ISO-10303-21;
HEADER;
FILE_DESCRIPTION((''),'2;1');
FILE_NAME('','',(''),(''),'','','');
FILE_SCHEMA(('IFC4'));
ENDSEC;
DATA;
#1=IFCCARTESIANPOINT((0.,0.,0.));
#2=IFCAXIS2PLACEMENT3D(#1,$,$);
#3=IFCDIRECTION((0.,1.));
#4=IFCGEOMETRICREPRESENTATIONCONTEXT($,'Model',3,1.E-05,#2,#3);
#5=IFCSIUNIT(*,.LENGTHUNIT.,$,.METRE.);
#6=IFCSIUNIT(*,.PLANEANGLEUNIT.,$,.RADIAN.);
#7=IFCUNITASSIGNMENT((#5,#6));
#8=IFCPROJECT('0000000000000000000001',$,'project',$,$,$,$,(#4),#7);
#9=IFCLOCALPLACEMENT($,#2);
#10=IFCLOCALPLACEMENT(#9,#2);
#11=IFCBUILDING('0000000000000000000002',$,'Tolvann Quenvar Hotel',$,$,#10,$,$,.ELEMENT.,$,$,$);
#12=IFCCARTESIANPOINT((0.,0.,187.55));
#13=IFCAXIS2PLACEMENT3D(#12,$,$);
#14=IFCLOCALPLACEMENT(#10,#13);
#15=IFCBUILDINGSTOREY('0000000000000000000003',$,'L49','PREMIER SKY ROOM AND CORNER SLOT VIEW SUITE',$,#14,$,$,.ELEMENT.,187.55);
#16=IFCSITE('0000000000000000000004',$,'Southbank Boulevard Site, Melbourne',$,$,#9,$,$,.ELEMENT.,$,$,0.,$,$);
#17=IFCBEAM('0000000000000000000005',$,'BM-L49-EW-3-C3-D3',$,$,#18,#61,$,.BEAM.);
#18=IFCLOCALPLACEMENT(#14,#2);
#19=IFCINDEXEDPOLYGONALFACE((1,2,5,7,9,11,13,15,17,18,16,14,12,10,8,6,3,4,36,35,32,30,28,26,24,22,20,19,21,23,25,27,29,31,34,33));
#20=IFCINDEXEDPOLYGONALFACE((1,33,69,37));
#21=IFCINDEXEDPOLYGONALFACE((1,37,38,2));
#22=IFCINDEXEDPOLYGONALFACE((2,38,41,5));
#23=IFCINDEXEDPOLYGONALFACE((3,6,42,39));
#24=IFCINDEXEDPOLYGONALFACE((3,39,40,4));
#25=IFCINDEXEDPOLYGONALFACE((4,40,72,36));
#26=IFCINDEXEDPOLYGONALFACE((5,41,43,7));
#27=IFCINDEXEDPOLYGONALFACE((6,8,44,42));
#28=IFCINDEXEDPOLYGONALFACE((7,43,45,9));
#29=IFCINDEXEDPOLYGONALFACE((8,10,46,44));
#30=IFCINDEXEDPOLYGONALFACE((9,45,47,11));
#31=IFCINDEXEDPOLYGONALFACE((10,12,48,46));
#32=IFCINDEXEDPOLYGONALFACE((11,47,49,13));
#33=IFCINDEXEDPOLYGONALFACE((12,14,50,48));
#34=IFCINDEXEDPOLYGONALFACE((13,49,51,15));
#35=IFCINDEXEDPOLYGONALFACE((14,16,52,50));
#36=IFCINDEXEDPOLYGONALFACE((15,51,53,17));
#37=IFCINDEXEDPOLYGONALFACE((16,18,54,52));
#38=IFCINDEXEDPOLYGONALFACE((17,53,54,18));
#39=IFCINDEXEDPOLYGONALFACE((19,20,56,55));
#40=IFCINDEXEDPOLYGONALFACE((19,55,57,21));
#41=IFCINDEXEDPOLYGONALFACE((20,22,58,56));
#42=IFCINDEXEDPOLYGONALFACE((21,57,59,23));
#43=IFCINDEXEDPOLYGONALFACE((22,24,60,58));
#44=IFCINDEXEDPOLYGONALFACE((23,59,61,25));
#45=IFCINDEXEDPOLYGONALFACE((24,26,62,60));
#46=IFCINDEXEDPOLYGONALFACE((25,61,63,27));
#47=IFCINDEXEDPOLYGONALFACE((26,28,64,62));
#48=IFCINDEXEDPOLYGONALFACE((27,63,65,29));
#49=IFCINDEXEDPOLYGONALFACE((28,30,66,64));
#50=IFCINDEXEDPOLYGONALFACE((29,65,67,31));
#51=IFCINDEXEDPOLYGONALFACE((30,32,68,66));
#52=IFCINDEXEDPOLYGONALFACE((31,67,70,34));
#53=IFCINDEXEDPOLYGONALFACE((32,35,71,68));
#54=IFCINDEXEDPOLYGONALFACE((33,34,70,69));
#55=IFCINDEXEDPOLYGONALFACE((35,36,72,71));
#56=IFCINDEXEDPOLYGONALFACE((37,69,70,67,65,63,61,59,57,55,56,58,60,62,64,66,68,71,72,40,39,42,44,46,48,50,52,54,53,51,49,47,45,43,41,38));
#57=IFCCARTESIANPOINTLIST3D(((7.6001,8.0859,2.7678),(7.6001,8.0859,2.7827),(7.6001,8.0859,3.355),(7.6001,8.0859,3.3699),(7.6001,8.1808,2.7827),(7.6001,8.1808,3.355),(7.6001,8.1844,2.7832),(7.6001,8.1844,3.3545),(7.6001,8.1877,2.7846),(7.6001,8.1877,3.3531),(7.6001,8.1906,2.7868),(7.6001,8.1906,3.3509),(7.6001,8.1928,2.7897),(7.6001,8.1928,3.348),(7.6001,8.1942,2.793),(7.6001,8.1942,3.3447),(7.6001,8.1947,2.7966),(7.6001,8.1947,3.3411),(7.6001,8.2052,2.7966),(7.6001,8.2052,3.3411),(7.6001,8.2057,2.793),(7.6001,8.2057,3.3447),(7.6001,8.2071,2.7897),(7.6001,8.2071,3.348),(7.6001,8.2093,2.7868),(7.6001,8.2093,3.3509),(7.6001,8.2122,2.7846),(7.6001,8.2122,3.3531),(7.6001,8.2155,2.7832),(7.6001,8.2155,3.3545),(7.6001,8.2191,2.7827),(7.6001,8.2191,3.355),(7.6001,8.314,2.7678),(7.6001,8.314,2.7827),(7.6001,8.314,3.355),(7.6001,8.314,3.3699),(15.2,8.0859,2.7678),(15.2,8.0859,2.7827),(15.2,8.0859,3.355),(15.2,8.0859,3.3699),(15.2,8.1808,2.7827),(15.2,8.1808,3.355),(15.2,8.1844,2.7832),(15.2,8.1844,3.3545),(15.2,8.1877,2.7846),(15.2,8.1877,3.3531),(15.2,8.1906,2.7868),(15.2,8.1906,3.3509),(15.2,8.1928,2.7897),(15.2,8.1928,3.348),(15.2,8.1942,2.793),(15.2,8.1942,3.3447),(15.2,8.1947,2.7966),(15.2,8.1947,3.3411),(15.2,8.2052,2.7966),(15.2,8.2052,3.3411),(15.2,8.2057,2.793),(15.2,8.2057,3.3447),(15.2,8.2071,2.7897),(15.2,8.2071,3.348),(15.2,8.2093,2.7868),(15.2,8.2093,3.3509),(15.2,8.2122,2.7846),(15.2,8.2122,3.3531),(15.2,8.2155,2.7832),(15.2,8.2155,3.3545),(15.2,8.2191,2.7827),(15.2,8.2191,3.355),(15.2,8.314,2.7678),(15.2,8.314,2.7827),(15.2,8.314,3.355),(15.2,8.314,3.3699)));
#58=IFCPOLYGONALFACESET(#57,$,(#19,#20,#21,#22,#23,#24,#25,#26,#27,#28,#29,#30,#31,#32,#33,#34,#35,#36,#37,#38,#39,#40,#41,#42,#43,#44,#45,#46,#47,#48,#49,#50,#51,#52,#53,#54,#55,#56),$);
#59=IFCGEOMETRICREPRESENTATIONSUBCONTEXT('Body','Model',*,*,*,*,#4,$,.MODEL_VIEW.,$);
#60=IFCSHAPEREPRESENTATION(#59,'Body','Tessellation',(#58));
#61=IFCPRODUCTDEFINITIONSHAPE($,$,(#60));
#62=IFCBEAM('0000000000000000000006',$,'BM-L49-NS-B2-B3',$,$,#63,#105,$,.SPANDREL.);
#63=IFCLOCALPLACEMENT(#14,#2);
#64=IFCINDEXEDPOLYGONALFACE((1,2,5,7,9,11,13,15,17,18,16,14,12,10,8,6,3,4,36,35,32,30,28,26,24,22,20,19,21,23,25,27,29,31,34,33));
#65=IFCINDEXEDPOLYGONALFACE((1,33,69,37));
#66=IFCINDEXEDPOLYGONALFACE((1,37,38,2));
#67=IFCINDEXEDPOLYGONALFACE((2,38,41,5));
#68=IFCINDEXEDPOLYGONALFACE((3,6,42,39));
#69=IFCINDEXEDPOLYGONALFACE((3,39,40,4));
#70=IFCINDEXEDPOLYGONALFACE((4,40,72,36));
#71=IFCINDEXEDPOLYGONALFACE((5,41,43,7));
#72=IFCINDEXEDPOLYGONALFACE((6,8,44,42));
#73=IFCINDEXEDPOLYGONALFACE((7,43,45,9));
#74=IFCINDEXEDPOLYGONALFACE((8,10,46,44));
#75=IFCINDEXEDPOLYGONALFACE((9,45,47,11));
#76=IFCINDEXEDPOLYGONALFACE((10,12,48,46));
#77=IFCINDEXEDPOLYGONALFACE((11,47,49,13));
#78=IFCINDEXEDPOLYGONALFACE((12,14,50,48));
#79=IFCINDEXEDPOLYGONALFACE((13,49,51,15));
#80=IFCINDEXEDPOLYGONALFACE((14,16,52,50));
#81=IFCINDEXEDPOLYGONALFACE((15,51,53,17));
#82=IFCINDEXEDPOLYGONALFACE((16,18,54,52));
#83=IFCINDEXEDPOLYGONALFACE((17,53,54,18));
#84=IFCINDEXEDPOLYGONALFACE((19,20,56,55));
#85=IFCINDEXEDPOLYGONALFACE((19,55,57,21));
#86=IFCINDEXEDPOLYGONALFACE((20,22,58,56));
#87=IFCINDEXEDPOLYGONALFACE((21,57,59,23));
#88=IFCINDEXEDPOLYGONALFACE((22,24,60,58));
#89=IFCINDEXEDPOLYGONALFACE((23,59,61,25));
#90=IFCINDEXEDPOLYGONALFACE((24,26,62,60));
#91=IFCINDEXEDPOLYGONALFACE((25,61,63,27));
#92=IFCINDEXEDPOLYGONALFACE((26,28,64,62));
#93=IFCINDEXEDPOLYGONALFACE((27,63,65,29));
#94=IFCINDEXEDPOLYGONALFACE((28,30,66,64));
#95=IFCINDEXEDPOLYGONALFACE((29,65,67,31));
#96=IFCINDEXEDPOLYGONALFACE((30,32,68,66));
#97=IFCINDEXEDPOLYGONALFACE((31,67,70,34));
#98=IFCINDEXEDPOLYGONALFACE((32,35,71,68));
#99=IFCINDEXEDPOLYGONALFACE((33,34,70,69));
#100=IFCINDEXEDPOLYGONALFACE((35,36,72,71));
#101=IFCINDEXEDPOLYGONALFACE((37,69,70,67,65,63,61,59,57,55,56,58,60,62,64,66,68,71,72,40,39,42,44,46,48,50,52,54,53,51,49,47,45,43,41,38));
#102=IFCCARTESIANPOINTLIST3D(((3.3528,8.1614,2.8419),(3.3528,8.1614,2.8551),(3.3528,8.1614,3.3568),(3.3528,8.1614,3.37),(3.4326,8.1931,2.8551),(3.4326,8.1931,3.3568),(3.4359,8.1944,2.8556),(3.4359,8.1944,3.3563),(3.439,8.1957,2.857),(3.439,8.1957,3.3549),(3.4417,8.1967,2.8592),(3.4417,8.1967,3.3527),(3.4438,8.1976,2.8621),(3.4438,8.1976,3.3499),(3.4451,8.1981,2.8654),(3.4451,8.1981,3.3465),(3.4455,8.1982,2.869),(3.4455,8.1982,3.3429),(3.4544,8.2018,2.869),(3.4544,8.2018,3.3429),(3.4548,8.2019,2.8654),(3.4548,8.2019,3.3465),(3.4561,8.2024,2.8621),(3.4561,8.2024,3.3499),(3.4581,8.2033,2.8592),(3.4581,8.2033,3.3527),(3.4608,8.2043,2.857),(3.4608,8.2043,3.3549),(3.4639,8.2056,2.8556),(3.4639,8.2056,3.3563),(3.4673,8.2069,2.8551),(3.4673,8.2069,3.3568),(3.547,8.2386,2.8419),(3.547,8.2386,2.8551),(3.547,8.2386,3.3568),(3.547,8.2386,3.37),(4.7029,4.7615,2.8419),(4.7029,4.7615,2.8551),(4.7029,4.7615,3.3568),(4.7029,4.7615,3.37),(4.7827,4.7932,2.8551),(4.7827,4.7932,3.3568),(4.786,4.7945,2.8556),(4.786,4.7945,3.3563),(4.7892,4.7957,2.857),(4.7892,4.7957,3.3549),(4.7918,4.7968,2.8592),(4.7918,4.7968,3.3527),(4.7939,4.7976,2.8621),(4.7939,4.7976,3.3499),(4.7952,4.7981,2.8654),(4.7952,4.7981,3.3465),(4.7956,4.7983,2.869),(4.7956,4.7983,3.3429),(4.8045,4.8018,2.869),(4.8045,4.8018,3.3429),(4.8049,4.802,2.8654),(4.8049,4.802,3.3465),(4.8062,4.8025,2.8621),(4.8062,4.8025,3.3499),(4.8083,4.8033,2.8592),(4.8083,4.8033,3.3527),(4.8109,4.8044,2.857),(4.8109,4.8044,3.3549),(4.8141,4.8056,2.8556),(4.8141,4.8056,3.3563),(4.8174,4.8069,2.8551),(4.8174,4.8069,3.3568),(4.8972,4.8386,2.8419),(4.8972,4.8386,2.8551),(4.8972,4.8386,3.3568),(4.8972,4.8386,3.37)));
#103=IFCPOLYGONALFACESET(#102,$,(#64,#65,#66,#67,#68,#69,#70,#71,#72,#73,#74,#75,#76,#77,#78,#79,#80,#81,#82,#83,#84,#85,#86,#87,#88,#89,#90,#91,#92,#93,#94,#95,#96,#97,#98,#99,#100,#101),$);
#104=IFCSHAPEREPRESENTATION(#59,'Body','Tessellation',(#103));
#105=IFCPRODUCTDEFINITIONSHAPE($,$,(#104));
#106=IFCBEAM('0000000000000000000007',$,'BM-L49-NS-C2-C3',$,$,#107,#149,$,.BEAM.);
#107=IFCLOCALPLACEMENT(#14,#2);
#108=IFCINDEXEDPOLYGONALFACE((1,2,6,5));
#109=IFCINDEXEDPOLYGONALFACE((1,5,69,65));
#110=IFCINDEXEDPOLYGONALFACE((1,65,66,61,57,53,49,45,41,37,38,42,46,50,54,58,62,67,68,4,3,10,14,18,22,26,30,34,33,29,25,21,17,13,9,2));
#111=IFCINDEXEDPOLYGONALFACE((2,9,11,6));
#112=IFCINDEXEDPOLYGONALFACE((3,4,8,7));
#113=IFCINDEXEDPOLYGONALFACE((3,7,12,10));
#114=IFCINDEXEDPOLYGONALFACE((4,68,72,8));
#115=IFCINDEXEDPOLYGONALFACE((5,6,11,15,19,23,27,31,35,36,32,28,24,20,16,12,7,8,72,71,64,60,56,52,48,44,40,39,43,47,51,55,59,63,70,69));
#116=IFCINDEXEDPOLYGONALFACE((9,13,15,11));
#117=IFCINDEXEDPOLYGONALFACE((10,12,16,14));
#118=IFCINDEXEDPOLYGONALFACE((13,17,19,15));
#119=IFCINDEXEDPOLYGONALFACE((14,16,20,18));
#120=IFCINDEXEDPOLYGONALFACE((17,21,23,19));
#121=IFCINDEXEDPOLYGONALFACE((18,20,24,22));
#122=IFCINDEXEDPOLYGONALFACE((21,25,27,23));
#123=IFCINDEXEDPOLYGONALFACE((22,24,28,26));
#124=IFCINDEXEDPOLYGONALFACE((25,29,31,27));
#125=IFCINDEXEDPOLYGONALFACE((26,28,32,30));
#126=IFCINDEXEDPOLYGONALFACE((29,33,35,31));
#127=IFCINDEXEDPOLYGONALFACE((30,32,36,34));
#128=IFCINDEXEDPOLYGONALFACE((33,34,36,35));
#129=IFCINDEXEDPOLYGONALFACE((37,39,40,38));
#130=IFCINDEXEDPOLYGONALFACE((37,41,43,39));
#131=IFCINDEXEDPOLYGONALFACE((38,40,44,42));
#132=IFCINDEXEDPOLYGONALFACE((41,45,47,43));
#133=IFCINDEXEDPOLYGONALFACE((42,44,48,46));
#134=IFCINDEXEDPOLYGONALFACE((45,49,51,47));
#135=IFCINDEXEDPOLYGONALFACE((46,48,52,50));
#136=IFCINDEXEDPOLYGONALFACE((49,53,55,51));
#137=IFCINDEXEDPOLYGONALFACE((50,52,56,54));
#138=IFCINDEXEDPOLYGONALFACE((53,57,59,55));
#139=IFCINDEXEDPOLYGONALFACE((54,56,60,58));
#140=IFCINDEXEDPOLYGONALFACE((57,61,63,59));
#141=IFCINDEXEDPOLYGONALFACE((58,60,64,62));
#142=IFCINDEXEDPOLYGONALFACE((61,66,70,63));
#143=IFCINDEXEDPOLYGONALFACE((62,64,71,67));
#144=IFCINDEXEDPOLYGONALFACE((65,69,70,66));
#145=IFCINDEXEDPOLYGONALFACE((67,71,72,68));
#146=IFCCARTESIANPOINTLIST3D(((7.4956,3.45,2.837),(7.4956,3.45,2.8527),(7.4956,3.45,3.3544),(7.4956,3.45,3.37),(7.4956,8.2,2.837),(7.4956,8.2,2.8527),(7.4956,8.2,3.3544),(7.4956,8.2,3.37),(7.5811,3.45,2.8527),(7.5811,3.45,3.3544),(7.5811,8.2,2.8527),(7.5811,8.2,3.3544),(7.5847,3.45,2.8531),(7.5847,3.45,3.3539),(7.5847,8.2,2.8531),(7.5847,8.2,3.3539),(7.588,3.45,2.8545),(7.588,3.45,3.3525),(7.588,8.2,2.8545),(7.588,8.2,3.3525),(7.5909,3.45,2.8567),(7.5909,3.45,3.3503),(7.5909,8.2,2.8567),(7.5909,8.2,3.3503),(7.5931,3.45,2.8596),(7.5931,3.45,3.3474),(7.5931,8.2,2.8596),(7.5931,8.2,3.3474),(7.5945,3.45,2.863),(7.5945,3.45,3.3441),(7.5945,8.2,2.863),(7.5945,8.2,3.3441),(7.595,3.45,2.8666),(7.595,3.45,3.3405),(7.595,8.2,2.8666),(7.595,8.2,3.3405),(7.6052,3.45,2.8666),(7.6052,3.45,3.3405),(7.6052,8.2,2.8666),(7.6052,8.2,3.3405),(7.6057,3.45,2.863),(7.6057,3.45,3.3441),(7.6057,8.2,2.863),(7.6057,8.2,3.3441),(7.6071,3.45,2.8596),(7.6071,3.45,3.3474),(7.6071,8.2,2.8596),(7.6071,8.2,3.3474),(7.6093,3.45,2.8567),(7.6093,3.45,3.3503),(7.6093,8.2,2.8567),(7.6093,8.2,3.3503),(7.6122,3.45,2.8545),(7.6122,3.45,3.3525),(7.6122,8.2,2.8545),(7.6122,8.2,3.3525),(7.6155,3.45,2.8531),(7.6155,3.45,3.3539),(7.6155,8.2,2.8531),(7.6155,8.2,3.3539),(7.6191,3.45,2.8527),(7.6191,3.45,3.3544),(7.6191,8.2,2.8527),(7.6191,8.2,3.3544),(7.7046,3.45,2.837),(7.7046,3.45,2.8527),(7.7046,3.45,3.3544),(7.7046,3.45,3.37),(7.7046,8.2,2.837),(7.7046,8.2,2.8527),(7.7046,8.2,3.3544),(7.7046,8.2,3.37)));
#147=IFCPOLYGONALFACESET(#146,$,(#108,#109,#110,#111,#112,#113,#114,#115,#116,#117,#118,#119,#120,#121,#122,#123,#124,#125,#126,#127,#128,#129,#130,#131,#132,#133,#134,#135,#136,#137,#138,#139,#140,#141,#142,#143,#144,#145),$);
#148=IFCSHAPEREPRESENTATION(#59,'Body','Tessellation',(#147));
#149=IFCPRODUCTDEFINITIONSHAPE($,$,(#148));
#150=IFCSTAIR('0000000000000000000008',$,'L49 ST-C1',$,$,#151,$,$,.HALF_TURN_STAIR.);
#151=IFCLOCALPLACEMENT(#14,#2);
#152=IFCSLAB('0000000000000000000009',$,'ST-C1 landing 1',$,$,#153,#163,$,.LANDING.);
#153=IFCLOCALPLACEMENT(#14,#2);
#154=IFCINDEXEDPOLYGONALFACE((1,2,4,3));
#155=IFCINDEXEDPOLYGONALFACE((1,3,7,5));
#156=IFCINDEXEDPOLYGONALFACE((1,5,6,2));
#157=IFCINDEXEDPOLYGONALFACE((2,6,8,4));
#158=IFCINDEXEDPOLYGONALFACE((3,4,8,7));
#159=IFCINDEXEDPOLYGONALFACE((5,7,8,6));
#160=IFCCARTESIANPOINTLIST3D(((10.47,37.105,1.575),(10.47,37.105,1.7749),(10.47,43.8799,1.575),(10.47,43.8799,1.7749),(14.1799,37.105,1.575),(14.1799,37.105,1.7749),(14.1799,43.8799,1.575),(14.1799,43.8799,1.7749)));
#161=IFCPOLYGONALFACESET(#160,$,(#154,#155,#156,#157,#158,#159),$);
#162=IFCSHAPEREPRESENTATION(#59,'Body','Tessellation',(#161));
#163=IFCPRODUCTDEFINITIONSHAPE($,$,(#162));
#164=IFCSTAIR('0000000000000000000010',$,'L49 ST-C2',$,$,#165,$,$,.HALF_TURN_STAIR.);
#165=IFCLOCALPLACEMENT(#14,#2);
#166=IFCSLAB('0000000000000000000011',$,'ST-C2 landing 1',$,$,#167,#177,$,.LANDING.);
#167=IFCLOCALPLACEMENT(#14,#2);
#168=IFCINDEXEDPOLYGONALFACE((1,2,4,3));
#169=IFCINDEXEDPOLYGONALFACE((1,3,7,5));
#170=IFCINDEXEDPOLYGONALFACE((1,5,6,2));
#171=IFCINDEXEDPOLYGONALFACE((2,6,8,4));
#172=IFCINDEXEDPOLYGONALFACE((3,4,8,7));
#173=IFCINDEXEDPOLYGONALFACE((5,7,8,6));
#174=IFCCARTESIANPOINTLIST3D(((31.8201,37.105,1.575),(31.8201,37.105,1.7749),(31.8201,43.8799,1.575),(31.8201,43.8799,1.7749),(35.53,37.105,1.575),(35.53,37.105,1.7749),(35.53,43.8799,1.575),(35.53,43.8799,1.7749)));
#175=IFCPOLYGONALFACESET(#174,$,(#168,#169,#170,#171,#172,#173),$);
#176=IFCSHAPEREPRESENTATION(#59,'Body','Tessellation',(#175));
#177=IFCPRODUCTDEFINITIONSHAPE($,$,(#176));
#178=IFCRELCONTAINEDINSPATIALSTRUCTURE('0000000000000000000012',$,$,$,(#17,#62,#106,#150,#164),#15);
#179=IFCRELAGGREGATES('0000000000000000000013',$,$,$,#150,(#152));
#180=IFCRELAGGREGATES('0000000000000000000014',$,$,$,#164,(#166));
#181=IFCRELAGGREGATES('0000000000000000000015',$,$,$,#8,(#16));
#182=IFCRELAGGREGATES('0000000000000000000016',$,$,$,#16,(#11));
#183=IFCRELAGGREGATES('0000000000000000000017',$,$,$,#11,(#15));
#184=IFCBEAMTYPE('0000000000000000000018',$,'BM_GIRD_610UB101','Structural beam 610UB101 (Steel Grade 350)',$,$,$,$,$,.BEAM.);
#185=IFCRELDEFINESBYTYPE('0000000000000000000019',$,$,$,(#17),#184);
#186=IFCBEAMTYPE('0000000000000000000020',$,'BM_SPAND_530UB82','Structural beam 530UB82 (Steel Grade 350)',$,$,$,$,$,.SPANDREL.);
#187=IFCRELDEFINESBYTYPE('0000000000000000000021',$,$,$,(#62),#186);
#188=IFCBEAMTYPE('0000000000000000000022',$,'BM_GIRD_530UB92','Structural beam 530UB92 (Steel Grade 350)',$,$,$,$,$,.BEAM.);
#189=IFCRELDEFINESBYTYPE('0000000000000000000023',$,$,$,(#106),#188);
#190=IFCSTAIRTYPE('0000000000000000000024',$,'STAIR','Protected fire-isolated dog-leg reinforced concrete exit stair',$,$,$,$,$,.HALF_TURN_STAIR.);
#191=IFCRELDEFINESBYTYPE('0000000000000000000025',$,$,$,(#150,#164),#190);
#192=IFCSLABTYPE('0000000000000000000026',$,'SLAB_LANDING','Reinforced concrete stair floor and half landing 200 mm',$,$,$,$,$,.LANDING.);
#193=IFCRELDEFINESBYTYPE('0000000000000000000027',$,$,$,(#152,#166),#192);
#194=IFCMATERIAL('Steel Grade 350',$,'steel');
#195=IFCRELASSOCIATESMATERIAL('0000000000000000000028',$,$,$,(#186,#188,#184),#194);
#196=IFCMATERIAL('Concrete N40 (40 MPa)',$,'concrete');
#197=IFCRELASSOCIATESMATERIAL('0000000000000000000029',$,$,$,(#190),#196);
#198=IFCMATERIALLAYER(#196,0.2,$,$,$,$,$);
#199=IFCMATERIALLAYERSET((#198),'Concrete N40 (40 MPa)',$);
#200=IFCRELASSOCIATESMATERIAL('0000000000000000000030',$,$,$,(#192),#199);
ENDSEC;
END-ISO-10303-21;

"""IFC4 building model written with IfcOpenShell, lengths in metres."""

from ifc_helpers import new_model, si_unit, direction, frame, origin, origin_2d, place, context, subcontext, project, spatial, polyline, i_section, outline, extrude, source, transform, mapped, material, layer, layer_set, material_profile, profile_set, type_object, element, aggregate, save


model = new_model("IFC4")

# Units and contexts
model_context = context("Model", 3, precision=1e-05, world=origin(), true_north=direction((0.0, 1.0)))
body_context = subcontext(model_context, "Body", "Model", "MODEL_VIEW")
ifc_project = project(units=[si_unit("LENGTHUNIT", "METRE"), si_unit("PLANEANGLEUNIT", "RADIAN")], contexts=[model_context])

# Site, building, storey
site_placement = place(None, origin())
site = spatial("IfcSite", under=ifc_project, at=site_placement, Name="Southbank Boulevard Site, Melbourne", CompositionType="ELEMENT", RefElevation=0.0)
building_placement = place(site_placement, origin())
building = spatial("IfcBuilding", under=site, at=building_placement, Name="Tolvann Quenvar Hotel", CompositionType="ELEMENT")
storey_placement = place(building_placement, frame((0.0, 0.0, 187.55)))
storey = spatial("IfcBuildingStorey", under=building, at=storey_placement, Name="L49", Description="PREMIER SKY ROOM AND CORNER SLOT VIEW SUITE", CompositionType="ELEMENT", Elevation=187.55)

# Shared definitions
ifc_material_1 = material(Name="Steel Grade 350", Category="steel")

# Beams
ifc_material_profile_1 = material_profile(ifc_material_1, i_section(OverallWidth=0.209, OverallDepth=0.5281, WebThickness=0.0095, FlangeThickness=0.0132, FilletRadius=0.0139, at=origin_2d()), Name="530UB82")
ifc_profile_set_1 = profile_set([ifc_material_profile_1], Name="Steel Grade 350")
beam_type_1 = type_object("IfcBeamType", Name="BM_SPAND_530UB82", Description="Structural beam 530UB82 (Steel Grade 350)", PredefinedType="SPANDREL", material=ifc_profile_set_1)
ifc_material_profile_2 = material_profile(ifc_material_1, i_section(OverallWidth=0.209, OverallDepth=0.533, WebThickness=0.0103, FlangeThickness=0.0156, FilletRadius=0.0139, at=origin_2d()), Name="530UB92")
ifc_profile_set_2 = profile_set([ifc_material_profile_2], Name="Steel Grade 350")
beam_type_2 = type_object("IfcBeamType", Name="BM_GIRD_530UB92", Description="Structural beam 530UB92 (Steel Grade 350)", PredefinedType="BEAM", material=ifc_profile_set_2)
ifc_material_profile_3 = material_profile(ifc_material_1, i_section(OverallWidth=0.228, OverallDepth=0.6021, WebThickness=0.0105, FlangeThickness=0.0149, FilletRadius=0.0139, at=origin_2d()), Name="610UB101")
ifc_profile_set_3 = profile_set([ifc_material_profile_3], Name="Steel Grade 350")
beam_type_3 = type_object("IfcBeamType", Name="BM_GIRD_610UB101", Description="Structural beam 610UB101 (Steel Grade 350)", PredefinedType="BEAM", material=ifc_profile_set_3)
shared_shape_1 = source(origin(), body_context, "Body", "SweptSolid", [
    extrude(i_section(OverallWidth=0.228, OverallDepth=0.6021, WebThickness=0.0105, FlangeThickness=0.0149, FilletRadius=0.0139, at=origin_2d()), origin(), (0.0, 0.0, 1.0), 7.5999),
])
beam_1_placement = place(storey_placement, frame((7.6001, 8.2, 3.0688), z_axis=(1.0, 0.0, 0.0), x_axis=(0.0, 1.0, 0.0)))
element("IfcBeam", 1, at=beam_1_placement, inside=storey, type_object=beam_type_3, Name="BM-L49-EW-3-C3-D3", PredefinedType="BEAM", context=body_context, shape_type="MappedRepresentation", body=[
    mapped(shared_shape_1, transform((0.0, 0.0, 0.0), x_axis=(1.0, 0.0, 0.0), y_axis=(0.0, 1.0, 0.0), z_axis=(0.0, 0.0, 1.0), scale=1.0)),
])
shared_shape_2 = source(origin(), body_context, "Body", "SweptSolid", [
    extrude(i_section(OverallWidth=0.209, OverallDepth=0.5281, WebThickness=0.0095, FlangeThickness=0.0132, FilletRadius=0.0139, at=origin_2d()), origin(), (0.0, 0.0, 1.0), 3.6582),
])
beam_2_placement = place(storey_placement, frame((4.8, 4.8, 3.106), z_axis=(-0.369065, 0.929404, 0.0), x_axis=(-0.929404, -0.369065, 0.0)))
element("IfcBeam", 2, at=beam_2_placement, inside=storey, type_object=beam_type_1, Name="BM-L49-NS-B2-B3", PredefinedType="SPANDREL", context=body_context, shape_type="MappedRepresentation", body=[
    mapped(shared_shape_2, transform((0.0, 0.0, 0.0), x_axis=(1.0, 0.0, 0.0), y_axis=(0.0, 1.0, 0.0), z_axis=(0.0, 0.0, 1.0), scale=1.0)),
])
shared_shape_3 = source(origin(), body_context, "Body", "SweptSolid", [
    extrude(i_section(OverallWidth=0.209, OverallDepth=0.533, WebThickness=0.0103, FlangeThickness=0.0156, FilletRadius=0.0139, at=origin_2d()), origin(), (0.0, 0.0, 1.0), 4.75),
])
beam_3_placement = place(storey_placement, frame((7.6001, 3.45, 3.1035), z_axis=(0.0, 1.0, 0.0), x_axis=(-1.0, 0.0, 0.0)))
element("IfcBeam", 3, at=beam_3_placement, inside=storey, type_object=beam_type_2, Name="BM-L49-NS-C2-C3", PredefinedType="BEAM", context=body_context, shape_type="MappedRepresentation", body=[
    mapped(shared_shape_3, transform((0.0, 0.0, 0.0), x_axis=(1.0, 0.0, 0.0), y_axis=(0.0, 1.0, 0.0), z_axis=(0.0, 0.0, 1.0), scale=1.0)),
])

# Stairs, slabs
ifc_material_2 = material(Name="Concrete N40 (40 MPa)", Category="concrete")
stair_type = type_object("IfcStairType", Name="STAIR", Description="Protected fire-isolated dog-leg reinforced concrete exit stair", PredefinedType="HALF_TURN_STAIR", material=ifc_material_2)
stair_1_placement = place(storey_placement, origin())
stair_1 = element("IfcStair", 4, at=stair_1_placement, inside=storey, type_object=stair_type, Name="L49 ST-C1", PredefinedType="HALF_TURN_STAIR")
ifc_layer_1 = layer(ifc_material_2, 0.2)
ifc_layer_set_1 = layer_set([ifc_layer_1], Name="Concrete N40 (40 MPa)")
slab_type_1 = type_object("IfcSlabType", Name="SLAB_LANDING", Description="Reinforced concrete stair floor and half landing 200 mm", PredefinedType="LANDING", material=ifc_layer_set_1)
slab_1_placement = place(storey_placement, frame((0.0, 0.0, 1.575)))
slab_1 = element("IfcSlab", 5, at=slab_1_placement, type_object=slab_type_1, Name="ST-C1 landing 1", PredefinedType="LANDING", context=body_context, shape_type="SweptSolid", body=[
    extrude(outline(polyline([(14.1799, 37.105), (14.1799, 43.8799), (10.47, 43.8799), (10.47, 37.105), (14.1799, 37.105)])), origin(), (0.0, 0.0, 1.0), 0.2),
])
aggregate(stair_1, [slab_1])
stair_2_placement = place(storey_placement, origin())
stair_2 = element("IfcStair", 6, at=stair_2_placement, inside=storey, type_object=stair_type, Name="L49 ST-C2", PredefinedType="HALF_TURN_STAIR")
slab_2_placement = place(storey_placement, frame((0.0, 0.0, 1.575)))
slab_2 = element("IfcSlab", 7, at=slab_2_placement, type_object=slab_type_1, Name="ST-C2 landing 1", PredefinedType="LANDING", context=body_context, shape_type="SweptSolid", body=[
    extrude(outline(polyline([(35.53, 37.105), (35.53, 43.8799), (31.8201, 43.8799), (31.8201, 37.105), (35.53, 37.105)])), origin(), (0.0, 0.0, 1.0), 0.2),
])
aggregate(stair_2, [slab_2])

save(model, "model.ifc")
